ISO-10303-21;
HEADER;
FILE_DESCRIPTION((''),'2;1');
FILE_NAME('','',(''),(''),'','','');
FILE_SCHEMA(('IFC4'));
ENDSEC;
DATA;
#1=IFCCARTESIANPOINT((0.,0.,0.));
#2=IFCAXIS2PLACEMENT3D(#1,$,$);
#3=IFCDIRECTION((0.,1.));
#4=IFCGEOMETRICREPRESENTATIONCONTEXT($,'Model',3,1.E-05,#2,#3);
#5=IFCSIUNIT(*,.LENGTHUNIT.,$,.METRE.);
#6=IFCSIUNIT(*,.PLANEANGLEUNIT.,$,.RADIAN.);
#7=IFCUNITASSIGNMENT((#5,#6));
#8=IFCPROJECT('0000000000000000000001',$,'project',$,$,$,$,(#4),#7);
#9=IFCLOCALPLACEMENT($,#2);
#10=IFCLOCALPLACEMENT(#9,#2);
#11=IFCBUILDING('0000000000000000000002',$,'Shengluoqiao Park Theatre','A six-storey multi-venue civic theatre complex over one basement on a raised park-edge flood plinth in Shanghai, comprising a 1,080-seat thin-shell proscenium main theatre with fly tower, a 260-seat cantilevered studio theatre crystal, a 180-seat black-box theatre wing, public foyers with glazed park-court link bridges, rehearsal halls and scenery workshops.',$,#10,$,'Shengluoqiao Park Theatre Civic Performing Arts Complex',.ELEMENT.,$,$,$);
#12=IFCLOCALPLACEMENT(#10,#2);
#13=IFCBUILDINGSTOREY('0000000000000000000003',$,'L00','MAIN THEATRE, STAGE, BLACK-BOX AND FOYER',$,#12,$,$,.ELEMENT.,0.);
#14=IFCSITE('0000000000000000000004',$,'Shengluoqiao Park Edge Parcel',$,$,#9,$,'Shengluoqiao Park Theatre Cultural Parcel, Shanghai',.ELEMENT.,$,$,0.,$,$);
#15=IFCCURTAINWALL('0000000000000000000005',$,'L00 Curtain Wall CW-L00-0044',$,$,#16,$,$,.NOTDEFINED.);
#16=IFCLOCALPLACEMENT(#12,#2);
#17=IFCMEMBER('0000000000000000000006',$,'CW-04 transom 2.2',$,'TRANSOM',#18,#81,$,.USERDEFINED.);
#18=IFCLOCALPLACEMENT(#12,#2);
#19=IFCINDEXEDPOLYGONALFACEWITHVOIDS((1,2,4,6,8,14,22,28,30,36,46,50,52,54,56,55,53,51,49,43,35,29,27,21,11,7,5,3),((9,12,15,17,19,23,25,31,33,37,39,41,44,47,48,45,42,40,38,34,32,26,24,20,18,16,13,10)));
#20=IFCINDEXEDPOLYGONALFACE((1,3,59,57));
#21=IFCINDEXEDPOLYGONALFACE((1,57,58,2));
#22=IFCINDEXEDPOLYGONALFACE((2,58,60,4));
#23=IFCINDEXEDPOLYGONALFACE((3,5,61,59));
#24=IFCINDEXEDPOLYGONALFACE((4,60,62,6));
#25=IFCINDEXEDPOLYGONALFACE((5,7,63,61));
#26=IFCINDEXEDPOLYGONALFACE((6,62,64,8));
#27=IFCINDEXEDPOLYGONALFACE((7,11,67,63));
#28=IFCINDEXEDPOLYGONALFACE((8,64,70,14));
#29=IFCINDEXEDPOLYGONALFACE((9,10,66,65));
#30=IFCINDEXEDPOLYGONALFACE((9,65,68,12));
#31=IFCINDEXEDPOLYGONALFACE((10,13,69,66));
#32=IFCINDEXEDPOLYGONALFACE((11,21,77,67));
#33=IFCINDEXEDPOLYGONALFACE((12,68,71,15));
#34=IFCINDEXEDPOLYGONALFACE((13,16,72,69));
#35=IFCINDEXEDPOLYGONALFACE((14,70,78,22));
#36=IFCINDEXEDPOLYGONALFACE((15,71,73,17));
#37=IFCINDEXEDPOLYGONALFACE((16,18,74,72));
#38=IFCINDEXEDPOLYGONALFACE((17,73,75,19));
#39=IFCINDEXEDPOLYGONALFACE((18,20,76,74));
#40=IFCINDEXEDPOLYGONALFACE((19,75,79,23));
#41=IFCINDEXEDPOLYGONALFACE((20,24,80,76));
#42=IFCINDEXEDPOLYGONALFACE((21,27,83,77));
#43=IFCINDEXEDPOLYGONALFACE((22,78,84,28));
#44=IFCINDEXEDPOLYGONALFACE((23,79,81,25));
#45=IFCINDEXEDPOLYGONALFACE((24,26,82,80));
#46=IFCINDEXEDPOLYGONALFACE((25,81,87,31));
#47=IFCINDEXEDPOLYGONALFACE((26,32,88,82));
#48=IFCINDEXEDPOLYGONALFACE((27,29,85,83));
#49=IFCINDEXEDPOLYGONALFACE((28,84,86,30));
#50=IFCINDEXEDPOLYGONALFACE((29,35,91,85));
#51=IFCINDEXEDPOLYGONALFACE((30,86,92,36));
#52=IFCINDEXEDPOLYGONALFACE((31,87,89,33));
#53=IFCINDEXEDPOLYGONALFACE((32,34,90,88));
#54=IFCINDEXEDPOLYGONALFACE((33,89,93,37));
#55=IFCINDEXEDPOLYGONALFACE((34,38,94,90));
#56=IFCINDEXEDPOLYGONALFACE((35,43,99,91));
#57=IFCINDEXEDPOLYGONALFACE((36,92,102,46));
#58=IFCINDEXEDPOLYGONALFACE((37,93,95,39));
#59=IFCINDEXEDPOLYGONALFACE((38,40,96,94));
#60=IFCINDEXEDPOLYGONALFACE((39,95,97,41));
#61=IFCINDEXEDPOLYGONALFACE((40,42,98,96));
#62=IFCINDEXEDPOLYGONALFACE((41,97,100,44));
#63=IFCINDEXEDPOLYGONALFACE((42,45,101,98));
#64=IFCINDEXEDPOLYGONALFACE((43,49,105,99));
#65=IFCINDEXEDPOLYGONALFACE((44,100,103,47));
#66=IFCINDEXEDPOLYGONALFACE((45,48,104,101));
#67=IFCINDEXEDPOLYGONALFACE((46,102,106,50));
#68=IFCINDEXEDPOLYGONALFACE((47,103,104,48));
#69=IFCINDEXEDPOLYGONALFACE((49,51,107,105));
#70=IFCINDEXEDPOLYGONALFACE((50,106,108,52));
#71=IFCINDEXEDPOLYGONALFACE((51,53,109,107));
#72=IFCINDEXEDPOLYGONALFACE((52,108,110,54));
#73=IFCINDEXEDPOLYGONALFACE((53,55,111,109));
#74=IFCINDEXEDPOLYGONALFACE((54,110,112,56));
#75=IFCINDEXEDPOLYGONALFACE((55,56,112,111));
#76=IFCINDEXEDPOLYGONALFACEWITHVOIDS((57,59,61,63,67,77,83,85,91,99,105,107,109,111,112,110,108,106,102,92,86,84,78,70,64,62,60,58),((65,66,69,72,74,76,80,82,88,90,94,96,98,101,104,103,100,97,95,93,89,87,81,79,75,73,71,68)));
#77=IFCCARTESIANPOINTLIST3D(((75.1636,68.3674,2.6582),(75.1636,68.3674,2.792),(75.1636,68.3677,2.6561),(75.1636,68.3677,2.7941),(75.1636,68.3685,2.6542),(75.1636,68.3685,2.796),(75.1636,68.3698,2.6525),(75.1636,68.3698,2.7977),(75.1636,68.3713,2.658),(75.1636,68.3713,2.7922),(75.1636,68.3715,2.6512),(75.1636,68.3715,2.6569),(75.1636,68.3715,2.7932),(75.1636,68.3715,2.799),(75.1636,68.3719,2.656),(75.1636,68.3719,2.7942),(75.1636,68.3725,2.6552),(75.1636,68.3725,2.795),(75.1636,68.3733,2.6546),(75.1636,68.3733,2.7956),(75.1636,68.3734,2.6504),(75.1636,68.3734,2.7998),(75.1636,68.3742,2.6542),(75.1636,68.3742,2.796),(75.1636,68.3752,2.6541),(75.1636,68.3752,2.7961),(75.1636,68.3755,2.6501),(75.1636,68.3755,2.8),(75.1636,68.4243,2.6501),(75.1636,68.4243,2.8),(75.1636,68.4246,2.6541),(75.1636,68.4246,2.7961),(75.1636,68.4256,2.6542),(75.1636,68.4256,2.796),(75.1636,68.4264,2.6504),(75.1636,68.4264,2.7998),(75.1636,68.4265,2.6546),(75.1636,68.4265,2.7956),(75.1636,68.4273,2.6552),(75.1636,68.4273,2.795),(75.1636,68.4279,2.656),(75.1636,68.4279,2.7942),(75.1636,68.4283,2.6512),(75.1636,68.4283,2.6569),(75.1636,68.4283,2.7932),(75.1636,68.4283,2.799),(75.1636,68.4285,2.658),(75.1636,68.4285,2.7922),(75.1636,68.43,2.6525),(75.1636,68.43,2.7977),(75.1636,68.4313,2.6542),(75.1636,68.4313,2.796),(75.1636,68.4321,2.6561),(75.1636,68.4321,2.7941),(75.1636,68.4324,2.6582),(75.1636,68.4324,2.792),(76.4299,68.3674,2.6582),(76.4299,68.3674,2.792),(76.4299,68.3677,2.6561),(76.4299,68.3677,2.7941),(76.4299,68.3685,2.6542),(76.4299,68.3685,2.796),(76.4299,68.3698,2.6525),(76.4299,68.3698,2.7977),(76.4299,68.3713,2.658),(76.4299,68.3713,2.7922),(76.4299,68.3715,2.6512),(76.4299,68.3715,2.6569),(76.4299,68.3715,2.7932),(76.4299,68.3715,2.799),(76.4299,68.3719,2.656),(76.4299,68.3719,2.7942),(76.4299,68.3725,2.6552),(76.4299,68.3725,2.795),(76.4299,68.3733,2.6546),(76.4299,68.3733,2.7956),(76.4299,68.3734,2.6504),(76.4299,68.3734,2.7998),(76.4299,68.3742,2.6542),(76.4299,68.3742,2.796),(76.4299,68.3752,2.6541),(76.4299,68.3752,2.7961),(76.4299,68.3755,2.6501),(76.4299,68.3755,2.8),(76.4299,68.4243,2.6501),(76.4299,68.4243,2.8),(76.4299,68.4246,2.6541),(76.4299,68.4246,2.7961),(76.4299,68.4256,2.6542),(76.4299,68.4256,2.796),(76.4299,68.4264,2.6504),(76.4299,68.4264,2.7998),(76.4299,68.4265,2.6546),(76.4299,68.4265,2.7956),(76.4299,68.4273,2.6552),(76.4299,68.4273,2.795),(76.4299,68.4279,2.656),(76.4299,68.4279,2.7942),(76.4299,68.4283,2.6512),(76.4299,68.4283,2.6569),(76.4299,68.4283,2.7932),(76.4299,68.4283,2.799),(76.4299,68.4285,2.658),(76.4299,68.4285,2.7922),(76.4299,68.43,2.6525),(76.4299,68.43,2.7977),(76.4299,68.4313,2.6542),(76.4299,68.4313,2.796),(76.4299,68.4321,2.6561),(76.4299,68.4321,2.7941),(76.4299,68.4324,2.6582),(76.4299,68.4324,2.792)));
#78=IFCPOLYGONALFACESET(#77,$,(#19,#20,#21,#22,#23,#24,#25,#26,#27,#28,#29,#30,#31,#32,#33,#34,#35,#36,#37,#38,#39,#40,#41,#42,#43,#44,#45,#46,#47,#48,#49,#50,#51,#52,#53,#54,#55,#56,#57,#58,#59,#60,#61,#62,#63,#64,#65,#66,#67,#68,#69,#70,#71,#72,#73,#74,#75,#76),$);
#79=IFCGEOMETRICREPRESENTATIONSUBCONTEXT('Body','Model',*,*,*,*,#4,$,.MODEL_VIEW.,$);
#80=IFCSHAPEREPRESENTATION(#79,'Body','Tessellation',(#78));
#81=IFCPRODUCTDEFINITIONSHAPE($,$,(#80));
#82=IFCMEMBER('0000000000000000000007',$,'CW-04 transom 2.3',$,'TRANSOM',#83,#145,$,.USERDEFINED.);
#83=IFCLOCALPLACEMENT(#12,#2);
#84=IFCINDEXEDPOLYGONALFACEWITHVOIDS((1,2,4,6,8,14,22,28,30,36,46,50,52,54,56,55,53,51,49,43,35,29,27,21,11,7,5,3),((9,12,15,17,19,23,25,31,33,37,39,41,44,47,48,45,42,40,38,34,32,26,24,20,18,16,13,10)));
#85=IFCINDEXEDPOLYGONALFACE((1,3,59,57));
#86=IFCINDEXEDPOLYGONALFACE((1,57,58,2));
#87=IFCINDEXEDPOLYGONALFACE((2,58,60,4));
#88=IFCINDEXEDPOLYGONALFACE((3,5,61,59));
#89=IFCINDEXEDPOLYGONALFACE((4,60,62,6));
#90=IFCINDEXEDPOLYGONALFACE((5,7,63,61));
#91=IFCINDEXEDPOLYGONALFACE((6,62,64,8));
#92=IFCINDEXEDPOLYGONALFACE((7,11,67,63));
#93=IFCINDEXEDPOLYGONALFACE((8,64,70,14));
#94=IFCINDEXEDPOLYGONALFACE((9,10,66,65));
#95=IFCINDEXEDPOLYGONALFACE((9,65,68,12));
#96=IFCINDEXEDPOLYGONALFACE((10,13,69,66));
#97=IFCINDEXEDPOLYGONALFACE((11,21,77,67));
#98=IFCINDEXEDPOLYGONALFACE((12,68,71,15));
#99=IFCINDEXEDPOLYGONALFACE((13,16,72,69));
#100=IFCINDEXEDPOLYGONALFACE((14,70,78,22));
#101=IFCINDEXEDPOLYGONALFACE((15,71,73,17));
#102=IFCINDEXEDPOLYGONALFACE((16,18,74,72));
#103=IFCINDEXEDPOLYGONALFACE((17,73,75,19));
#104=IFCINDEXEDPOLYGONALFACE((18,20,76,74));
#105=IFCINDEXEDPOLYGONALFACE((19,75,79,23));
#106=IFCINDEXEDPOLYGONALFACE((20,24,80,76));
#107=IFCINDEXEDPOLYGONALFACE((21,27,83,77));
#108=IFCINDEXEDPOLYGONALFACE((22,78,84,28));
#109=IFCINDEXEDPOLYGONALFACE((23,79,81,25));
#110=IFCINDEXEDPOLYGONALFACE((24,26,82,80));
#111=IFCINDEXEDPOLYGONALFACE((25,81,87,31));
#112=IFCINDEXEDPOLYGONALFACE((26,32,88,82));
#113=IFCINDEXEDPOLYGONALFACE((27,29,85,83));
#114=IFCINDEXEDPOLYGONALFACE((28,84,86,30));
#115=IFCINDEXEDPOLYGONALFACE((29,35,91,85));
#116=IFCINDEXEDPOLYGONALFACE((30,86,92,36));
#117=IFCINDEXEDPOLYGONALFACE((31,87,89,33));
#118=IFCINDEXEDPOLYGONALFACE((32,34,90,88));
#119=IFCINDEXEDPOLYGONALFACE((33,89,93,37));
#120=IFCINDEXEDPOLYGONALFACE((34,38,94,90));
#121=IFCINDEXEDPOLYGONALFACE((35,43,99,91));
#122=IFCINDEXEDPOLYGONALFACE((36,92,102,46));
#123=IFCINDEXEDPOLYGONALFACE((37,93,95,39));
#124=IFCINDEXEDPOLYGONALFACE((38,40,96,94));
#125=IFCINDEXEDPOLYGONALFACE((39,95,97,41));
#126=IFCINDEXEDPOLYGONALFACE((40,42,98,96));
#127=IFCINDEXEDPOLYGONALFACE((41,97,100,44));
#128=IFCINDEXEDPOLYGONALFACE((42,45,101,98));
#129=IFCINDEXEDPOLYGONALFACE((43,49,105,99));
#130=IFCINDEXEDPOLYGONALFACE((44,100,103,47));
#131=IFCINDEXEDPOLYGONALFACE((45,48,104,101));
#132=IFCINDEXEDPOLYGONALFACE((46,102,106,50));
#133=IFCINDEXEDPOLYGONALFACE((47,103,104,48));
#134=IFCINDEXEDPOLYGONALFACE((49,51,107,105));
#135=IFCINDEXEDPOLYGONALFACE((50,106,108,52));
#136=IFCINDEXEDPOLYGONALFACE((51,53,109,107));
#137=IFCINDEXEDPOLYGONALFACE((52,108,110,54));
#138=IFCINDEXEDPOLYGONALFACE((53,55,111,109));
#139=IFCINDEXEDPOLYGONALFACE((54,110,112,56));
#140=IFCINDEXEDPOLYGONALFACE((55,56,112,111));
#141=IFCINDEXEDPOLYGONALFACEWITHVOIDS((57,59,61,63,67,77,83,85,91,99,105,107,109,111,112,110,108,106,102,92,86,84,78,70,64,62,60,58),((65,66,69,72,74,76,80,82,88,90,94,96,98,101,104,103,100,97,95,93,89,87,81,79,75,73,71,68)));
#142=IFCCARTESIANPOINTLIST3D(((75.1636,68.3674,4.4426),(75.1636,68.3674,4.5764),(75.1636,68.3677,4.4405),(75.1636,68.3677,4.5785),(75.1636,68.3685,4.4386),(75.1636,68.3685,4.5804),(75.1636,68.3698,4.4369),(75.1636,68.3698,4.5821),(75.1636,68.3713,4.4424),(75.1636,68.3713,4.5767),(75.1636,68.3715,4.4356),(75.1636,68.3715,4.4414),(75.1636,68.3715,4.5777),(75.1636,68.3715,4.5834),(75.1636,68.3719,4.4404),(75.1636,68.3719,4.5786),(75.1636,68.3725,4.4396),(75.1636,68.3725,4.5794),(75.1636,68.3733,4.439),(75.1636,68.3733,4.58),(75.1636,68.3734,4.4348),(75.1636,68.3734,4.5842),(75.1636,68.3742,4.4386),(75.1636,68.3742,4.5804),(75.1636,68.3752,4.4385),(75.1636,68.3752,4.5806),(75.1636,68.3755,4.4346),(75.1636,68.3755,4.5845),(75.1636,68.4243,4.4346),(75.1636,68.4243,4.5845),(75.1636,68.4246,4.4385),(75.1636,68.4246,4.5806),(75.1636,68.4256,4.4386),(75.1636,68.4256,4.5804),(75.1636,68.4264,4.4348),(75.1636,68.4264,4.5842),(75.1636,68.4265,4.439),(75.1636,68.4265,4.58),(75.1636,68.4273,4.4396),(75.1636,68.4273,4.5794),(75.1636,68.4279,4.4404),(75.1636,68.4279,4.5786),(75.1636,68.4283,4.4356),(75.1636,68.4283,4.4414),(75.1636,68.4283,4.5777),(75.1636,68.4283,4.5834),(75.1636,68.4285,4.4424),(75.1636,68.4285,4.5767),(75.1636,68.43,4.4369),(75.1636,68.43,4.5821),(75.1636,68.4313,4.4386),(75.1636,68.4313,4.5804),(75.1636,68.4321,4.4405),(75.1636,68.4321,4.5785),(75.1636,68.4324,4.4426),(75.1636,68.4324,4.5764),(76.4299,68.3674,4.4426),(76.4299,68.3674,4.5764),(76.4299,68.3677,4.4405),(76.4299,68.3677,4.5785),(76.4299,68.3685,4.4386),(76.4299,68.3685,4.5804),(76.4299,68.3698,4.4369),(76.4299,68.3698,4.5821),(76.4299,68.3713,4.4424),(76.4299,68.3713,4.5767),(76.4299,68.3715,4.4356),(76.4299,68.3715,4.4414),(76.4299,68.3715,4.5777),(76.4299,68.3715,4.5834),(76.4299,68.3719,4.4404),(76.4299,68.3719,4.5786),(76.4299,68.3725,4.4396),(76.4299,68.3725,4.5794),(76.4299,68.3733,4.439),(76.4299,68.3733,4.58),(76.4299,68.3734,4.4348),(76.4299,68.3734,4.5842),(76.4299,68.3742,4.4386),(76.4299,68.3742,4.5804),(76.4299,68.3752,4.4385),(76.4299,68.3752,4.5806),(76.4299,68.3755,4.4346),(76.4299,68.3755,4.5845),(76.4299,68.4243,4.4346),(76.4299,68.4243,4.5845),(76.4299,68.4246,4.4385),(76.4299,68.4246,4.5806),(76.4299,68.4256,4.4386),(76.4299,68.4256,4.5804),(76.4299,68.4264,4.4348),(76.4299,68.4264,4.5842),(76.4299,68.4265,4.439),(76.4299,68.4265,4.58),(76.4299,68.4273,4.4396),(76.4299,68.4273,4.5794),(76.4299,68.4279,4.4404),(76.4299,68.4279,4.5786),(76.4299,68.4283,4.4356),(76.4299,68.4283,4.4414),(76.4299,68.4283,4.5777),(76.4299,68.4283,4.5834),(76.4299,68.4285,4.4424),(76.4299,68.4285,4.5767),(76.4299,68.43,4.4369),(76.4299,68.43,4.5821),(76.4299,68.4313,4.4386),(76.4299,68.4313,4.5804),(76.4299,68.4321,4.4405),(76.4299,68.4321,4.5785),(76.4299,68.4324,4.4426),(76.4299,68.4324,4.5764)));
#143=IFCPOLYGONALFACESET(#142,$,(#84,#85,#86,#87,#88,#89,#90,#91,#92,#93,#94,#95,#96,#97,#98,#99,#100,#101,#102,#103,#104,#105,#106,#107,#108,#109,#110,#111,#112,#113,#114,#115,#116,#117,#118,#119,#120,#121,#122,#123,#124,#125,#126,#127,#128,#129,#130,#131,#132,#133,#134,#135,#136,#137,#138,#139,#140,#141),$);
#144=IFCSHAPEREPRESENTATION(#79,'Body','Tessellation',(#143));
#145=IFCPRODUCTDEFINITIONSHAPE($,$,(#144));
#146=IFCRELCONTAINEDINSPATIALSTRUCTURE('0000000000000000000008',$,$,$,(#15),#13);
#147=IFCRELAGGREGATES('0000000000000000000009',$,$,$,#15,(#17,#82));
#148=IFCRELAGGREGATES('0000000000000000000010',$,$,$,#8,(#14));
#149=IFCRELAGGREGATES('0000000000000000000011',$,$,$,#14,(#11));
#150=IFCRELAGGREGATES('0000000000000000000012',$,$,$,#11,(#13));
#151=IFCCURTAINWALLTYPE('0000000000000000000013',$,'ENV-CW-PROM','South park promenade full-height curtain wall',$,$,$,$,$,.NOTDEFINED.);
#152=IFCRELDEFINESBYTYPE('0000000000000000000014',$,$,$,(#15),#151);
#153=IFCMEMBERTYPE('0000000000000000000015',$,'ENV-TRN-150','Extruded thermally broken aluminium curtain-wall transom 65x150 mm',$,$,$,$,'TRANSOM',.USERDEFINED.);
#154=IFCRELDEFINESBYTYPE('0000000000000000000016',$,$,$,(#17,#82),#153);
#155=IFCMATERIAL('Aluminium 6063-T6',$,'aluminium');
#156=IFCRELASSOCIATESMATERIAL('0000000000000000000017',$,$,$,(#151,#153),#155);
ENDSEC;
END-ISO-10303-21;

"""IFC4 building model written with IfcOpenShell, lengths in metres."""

from ifc_helpers import new_model, si_unit, direction, frame, origin, origin_2d, place, context, subcontext, project, spatial, hollow_rectangle, extrude, material, material_profile, profile_set, type_object, element, aggregate, save


model = new_model("IFC4")

# Units and contexts
model_context = context("Model", 3, precision=1e-05, world=origin(), true_north=direction((0.0, 1.0)))
body_context = subcontext(model_context, "Body", "Model", "MODEL_VIEW")
ifc_project = project(units=[si_unit("LENGTHUNIT", "METRE"), si_unit("PLANEANGLEUNIT", "RADIAN")], contexts=[model_context])

# Site, building, storey
site_placement = place(None, origin())
site = spatial("IfcSite", under=ifc_project, at=site_placement, Name="Shengluoqiao Park Edge Parcel", LongName="Shengluoqiao Park Theatre Cultural Parcel, Shanghai", CompositionType="ELEMENT", RefElevation=0.0)
building_placement = place(site_placement, origin())
building = spatial("IfcBuilding", under=site, at=building_placement, Name="Shengluoqiao Park Theatre", Description="A six-storey multi-venue civic theatre complex over one basement on a raised park-edge flood plinth in Shanghai, comprising a 1,080-seat thin-shell proscenium main theatre with fly tower, a 260-seat cantilevered studio theatre crystal, a 180-seat black-box theatre wing, public foyers with glazed park-court link bridges, rehearsal halls and scenery workshops.", LongName="Shengluoqiao Park Theatre Civic Performing Arts Complex", CompositionType="ELEMENT")
storey_placement = place(building_placement, origin())
storey = spatial("IfcBuildingStorey", under=building, at=storey_placement, Name="L00", Description="MAIN THEATRE, STAGE, BLACK-BOX AND FOYER", CompositionType="ELEMENT", Elevation=0.0)

# Shared definitions
ifc_material_1 = material(Name="Aluminium 6063-T6", Category="aluminium")
curtain_wall_type = type_object("IfcCurtainWallType", Name="ENV-CW-PROM", Description="South park promenade full-height curtain wall", PredefinedType="NOTDEFINED", material=ifc_material_1)

# Curtain wall
curtain_wall_1_placement = place(storey_placement, origin())
curtain_wall_1 = element("IfcCurtainWall", 1, at=curtain_wall_1_placement, inside=storey, type_object=curtain_wall_type, Name="L00 Curtain Wall CW-L00-0044", PredefinedType="NOTDEFINED")

# Members
ifc_material_profile_1 = material_profile(ifc_material_1, hollow_rectangle(XDim=0.0649, YDim=0.1499, WallThickness=0.0039, InnerFilletRadius=0.0039, OuterFilletRadius=0.0081, at=origin_2d()), Name="ALU TRANSOM 150x65x4")
ifc_profile_set_1 = profile_set([ifc_material_profile_1], Name="Aluminium 6063-T6")
member_type_1 = type_object("IfcMemberType", Name="ENV-TRN-150", Description="Extruded thermally broken aluminium curtain-wall transom 65x150 mm", ElementType="TRANSOM", PredefinedType="USERDEFINED", material=ifc_profile_set_1)
member_1_placement = place(storey_placement, frame((75.1636, 68.3999, 2.7251), z_axis=(1.0, 0.0, 0.0), x_axis=(0.0, 1.0, 0.0)))
member_1 = element("IfcMember", 2, at=member_1_placement, type_object=member_type_1, Name="CW-04 transom 2.2", ObjectType="TRANSOM", PredefinedType="USERDEFINED", context=body_context, shape_type="SweptSolid", body=[
    extrude(hollow_rectangle(XDim=0.0649, YDim=0.1499, WallThickness=0.0039, InnerFilletRadius=0.0039, OuterFilletRadius=0.0081, at=origin_2d()), origin(), (0.0, 0.0, 1.0), 1.2664),
])
member_2_placement = place(storey_placement, frame((75.1636, 68.3999, 4.5095), z_axis=(1.0, 0.0, 0.0), x_axis=(0.0, 1.0, 0.0)))
member_2 = element("IfcMember", 3, at=member_2_placement, type_object=member_type_1, Name="CW-04 transom 2.3", ObjectType="TRANSOM", PredefinedType="USERDEFINED", context=body_context, shape_type="SweptSolid", body=[
    extrude(hollow_rectangle(XDim=0.0649, YDim=0.1499, WallThickness=0.0039, InnerFilletRadius=0.0039, OuterFilletRadius=0.0081, at=origin_2d()), origin(), (0.0, 0.0, 1.0), 1.2664),
])

aggregate(curtain_wall_1, [member_1, member_2])

save(model, "model.ifc")
